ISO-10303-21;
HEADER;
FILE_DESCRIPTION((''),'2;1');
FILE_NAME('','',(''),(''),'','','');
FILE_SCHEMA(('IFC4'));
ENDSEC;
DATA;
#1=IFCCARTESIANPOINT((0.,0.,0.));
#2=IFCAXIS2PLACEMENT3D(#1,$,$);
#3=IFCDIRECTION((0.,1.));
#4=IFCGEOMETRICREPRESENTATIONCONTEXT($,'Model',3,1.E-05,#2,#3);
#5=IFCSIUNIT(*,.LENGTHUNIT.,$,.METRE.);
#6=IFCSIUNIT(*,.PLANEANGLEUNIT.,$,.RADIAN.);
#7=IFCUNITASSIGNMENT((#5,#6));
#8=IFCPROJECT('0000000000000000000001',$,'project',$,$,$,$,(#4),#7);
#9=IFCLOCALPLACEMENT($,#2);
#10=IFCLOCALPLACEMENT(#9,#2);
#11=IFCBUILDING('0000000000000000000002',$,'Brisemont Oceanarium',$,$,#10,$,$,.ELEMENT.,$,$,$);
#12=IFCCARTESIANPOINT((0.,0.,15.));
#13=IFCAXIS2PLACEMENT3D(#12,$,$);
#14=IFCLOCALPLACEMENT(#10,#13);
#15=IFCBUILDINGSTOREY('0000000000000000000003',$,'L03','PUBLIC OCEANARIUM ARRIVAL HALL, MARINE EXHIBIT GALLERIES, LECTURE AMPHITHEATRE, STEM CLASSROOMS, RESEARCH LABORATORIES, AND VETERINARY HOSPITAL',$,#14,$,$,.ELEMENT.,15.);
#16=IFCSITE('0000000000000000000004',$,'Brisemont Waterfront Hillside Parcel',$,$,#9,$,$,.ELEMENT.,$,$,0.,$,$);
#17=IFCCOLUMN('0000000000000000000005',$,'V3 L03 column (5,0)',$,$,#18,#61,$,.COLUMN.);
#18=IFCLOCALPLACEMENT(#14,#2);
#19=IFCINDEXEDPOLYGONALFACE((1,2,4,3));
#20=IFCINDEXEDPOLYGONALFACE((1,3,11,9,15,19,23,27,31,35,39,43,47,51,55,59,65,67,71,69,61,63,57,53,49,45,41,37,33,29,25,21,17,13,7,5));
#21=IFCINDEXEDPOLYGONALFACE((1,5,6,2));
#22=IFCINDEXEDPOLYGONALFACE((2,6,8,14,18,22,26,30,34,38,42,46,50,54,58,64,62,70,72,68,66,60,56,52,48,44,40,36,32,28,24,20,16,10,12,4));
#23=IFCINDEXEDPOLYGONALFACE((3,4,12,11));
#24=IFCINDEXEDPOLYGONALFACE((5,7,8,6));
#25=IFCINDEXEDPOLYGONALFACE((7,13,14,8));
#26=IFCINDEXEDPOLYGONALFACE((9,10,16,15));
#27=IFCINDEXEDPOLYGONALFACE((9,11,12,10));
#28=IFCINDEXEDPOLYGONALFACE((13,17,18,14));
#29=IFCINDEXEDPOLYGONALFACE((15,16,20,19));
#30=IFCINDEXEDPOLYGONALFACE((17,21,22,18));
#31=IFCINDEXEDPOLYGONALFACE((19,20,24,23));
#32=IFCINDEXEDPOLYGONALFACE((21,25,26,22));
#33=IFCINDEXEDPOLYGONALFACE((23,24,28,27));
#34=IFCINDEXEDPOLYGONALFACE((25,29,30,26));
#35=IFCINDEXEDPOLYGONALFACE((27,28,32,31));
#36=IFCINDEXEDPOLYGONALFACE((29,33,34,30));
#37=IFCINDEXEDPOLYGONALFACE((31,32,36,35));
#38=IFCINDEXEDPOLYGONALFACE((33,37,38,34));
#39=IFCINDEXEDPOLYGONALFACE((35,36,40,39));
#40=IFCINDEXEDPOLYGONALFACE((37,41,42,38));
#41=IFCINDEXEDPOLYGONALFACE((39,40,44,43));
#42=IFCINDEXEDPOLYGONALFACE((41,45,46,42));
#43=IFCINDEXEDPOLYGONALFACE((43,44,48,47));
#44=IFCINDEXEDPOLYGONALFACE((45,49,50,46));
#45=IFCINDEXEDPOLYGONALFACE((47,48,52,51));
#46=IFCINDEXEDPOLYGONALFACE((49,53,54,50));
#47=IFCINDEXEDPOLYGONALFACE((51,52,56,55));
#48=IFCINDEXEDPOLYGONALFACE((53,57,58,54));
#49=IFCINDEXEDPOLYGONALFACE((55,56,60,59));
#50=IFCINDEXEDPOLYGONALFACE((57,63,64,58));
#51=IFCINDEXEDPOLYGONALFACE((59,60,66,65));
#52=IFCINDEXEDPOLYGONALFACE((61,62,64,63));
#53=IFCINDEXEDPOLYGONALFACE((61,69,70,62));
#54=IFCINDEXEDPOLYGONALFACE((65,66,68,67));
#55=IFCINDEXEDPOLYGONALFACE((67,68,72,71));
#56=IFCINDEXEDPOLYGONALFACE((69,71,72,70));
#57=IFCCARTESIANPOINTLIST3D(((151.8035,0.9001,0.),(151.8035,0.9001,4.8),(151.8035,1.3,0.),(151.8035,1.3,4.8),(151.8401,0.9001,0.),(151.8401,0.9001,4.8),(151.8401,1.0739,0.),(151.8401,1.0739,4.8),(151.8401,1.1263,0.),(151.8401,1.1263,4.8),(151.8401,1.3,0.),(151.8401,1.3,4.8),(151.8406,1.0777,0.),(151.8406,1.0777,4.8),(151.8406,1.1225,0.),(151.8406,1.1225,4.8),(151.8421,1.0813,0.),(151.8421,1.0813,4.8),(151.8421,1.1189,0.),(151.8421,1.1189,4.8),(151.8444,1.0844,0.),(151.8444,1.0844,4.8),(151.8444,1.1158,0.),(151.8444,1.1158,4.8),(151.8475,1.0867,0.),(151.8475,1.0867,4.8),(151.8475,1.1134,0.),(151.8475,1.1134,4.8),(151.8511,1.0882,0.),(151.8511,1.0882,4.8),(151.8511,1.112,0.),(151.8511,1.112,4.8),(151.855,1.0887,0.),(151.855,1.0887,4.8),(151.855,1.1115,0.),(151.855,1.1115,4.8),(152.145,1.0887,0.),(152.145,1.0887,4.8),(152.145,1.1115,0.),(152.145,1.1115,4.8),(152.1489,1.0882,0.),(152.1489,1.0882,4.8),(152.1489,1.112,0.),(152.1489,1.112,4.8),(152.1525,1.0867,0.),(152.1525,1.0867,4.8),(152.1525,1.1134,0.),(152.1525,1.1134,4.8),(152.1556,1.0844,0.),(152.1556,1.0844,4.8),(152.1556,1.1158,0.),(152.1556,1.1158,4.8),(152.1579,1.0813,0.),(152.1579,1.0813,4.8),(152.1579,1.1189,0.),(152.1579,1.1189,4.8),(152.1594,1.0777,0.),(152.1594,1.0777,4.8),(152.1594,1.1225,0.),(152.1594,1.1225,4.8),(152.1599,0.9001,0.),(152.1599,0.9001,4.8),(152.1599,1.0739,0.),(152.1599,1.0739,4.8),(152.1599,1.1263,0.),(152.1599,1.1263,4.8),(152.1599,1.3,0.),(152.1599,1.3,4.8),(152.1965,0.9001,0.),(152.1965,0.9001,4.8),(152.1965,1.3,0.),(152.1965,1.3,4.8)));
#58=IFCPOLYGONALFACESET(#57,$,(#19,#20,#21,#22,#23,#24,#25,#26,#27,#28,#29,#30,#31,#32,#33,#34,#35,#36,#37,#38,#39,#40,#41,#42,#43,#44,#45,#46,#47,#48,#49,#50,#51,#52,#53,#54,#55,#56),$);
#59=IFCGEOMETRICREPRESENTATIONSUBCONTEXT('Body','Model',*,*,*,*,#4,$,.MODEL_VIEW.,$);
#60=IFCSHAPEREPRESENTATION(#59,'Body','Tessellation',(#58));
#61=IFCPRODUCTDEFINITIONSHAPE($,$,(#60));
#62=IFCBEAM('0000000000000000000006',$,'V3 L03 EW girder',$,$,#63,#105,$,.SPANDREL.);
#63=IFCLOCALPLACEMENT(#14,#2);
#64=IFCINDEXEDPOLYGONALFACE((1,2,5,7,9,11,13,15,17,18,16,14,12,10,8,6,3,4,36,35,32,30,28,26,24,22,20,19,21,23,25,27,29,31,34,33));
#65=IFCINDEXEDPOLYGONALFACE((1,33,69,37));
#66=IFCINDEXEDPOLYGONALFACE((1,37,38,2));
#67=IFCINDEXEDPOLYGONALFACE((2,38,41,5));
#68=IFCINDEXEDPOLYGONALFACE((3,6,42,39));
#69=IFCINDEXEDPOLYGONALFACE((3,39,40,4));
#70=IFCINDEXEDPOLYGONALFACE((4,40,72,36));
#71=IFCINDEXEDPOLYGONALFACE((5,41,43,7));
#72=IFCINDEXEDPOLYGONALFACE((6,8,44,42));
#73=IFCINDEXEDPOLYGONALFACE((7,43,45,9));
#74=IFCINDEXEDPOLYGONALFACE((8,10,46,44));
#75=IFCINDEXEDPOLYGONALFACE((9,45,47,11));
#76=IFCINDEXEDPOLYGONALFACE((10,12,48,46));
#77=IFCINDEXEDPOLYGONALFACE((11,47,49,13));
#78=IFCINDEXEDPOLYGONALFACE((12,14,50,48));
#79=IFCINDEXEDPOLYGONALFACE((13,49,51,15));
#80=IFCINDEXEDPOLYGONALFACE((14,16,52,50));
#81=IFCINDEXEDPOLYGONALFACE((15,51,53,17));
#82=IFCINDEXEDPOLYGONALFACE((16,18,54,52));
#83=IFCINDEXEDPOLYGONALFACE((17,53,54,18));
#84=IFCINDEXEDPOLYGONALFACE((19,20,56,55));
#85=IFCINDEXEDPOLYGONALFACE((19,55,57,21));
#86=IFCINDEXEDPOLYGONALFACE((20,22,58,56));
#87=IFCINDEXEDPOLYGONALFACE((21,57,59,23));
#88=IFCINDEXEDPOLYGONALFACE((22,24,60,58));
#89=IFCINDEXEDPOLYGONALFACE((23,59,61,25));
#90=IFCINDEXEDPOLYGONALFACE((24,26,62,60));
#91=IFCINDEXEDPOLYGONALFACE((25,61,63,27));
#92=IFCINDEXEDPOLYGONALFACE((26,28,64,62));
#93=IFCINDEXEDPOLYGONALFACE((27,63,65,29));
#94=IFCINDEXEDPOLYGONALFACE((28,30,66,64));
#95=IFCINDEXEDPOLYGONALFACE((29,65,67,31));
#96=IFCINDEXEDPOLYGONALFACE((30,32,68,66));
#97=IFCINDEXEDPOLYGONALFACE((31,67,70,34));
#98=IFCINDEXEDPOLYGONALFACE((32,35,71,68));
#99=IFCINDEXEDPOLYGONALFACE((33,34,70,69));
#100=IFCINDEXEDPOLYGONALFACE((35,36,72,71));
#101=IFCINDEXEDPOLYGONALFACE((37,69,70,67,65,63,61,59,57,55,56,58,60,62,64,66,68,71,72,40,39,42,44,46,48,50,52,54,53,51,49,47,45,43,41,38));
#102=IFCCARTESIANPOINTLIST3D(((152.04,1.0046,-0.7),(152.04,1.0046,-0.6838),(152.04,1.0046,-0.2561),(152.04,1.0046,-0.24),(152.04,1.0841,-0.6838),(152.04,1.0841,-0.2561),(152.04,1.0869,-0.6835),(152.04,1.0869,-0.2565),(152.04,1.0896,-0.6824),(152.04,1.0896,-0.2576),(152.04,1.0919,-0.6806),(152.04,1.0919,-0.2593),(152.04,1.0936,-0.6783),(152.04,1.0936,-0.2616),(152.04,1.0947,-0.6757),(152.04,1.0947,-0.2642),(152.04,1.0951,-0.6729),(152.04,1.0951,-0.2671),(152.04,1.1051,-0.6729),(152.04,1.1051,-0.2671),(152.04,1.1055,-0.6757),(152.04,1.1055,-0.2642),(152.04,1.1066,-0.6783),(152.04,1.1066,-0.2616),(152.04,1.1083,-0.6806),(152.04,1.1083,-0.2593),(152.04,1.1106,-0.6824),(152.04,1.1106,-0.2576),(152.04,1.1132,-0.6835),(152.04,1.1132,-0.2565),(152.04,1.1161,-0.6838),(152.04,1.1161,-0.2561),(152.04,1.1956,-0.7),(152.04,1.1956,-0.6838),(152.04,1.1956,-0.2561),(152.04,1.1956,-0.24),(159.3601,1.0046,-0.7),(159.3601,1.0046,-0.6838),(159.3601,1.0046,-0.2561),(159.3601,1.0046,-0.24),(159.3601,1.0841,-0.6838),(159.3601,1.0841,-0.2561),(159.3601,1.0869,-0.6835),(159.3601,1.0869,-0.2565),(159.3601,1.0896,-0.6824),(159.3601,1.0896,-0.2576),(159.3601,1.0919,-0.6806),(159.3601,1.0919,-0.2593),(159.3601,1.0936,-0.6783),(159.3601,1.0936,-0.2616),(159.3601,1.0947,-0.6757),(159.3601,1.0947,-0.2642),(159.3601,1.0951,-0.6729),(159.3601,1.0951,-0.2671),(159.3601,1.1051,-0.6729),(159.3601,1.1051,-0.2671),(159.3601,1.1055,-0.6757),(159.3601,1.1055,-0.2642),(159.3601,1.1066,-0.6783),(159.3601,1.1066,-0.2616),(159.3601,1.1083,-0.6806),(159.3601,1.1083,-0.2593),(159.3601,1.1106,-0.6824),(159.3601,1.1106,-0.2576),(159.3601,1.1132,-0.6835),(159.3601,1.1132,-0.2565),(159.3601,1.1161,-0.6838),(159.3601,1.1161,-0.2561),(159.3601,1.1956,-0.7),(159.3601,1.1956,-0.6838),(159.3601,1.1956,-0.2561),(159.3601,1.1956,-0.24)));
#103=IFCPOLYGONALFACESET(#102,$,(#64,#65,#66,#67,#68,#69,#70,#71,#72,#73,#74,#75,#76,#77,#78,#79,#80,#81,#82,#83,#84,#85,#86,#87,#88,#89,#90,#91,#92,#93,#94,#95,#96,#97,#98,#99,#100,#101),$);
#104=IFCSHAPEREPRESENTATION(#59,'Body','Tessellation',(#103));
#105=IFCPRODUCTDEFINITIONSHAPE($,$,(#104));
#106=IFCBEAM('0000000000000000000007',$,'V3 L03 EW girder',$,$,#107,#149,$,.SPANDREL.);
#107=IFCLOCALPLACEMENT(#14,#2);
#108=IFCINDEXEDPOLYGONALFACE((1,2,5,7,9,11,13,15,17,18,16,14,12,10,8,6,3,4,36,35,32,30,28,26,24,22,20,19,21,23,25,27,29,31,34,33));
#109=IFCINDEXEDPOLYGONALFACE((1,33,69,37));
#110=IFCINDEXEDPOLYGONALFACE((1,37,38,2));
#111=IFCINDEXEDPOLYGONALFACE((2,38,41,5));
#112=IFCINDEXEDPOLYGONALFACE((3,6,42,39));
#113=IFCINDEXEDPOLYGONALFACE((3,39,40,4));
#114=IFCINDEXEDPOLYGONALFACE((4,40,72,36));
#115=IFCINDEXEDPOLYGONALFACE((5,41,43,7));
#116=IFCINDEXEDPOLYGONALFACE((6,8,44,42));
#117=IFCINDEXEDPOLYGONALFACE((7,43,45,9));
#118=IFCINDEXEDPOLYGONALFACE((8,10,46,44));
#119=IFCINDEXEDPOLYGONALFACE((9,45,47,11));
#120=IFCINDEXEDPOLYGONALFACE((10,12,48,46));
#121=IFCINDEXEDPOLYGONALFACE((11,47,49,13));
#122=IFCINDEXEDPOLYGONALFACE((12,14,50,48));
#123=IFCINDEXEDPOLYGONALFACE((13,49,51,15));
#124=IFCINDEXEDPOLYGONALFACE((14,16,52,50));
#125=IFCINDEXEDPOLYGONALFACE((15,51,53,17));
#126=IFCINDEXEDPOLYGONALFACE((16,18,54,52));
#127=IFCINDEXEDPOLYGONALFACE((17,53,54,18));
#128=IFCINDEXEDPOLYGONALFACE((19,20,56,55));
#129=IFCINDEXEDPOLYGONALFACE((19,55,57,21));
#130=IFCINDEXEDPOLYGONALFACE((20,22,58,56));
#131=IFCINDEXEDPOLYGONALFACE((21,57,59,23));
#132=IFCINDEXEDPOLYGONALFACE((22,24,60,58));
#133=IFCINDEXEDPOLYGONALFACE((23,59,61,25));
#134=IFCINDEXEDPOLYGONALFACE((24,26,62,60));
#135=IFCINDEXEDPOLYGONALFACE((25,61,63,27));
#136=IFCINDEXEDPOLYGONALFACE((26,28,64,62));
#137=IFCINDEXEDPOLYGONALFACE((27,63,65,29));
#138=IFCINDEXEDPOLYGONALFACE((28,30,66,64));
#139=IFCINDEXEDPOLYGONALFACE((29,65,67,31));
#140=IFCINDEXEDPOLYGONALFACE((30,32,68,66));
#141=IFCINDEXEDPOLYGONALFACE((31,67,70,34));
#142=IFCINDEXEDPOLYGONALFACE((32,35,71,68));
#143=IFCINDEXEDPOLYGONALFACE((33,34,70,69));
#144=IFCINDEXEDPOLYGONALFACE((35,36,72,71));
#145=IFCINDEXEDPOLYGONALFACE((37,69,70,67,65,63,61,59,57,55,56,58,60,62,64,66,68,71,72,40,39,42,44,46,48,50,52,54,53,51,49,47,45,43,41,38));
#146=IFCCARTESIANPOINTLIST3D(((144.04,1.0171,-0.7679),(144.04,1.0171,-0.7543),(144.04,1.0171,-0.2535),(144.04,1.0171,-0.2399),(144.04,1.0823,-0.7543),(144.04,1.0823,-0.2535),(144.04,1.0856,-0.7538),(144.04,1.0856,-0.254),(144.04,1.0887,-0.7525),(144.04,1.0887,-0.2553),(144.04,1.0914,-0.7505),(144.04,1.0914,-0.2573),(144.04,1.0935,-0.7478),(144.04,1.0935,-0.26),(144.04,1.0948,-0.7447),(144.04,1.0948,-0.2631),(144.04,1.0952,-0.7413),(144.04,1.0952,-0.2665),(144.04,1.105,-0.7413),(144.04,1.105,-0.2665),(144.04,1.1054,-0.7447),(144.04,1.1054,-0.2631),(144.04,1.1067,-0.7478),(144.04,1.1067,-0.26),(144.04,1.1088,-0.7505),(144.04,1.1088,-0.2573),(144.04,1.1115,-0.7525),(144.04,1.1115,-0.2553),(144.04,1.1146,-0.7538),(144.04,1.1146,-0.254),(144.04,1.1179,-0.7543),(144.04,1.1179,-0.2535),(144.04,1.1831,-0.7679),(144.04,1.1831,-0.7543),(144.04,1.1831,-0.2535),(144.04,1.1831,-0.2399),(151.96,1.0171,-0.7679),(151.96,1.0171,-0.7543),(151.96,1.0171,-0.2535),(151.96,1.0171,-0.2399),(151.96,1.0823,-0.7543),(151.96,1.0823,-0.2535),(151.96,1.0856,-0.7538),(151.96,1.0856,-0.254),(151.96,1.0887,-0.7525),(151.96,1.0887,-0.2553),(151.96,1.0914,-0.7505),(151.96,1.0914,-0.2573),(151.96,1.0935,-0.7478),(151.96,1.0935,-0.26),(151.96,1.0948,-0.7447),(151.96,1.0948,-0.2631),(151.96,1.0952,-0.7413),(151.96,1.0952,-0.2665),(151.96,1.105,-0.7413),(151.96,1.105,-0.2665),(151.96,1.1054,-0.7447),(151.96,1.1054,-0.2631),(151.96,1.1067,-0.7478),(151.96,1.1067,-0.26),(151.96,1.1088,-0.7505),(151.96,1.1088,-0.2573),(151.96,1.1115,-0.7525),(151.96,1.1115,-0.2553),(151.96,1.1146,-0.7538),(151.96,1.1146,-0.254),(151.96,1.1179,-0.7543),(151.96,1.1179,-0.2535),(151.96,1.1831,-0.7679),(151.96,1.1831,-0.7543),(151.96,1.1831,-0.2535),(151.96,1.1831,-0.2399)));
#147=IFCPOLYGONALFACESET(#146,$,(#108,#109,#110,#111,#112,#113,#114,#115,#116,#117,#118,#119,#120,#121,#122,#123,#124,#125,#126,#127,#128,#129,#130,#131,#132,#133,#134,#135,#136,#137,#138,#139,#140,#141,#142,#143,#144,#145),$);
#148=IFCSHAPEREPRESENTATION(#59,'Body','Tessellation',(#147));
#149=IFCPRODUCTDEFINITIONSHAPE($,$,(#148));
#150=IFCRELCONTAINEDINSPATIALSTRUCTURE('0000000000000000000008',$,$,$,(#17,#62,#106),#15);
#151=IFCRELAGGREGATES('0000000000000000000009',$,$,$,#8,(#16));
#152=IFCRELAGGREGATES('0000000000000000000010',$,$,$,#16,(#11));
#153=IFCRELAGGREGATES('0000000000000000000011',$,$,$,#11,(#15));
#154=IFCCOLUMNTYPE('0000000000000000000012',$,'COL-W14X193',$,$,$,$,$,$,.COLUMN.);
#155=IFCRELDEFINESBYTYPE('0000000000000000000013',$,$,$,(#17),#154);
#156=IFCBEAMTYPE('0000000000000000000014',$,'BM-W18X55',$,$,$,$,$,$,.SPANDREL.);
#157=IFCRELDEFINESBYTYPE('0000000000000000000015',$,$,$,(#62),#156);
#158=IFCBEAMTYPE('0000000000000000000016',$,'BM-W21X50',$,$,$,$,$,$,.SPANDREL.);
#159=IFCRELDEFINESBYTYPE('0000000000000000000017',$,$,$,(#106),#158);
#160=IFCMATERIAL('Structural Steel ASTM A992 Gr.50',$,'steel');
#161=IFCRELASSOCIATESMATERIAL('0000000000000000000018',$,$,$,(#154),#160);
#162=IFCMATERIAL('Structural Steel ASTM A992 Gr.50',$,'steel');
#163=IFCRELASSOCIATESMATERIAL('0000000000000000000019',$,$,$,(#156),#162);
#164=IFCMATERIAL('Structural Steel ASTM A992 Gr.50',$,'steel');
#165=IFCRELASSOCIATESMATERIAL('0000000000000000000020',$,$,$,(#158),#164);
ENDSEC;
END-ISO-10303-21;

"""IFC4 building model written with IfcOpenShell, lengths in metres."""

from ifc_helpers import new_model, si_unit, direction, frame, origin, origin_2d, place, context, subcontext, project, spatial, i_section, extrude, material, material_profile, profile_set, type_object, element, save


model = new_model("IFC4")

# Units and contexts
model_context = context("Model", 3, precision=1e-05, world=origin(), true_north=direction((0.0, 1.0)))
body_context = subcontext(model_context, "Body", "Model", "MODEL_VIEW")
ifc_project = project(units=[si_unit("LENGTHUNIT", "METRE"), si_unit("PLANEANGLEUNIT", "RADIAN")], contexts=[model_context])

# Site, building, storey
site_placement = place(None, origin())
site = spatial("IfcSite", under=ifc_project, at=site_placement, Name="Brisemont Waterfront Hillside Parcel", CompositionType="ELEMENT", RefElevation=0.0)
building_placement = place(site_placement, origin())
building = spatial("IfcBuilding", under=site, at=building_placement, Name="Brisemont Oceanarium", CompositionType="ELEMENT")
storey_placement = place(building_placement, frame((0.0, 0.0, 15.0)))
storey = spatial("IfcBuildingStorey", under=building, at=storey_placement, Name="L03", Description="PUBLIC OCEANARIUM ARRIVAL HALL, MARINE EXHIBIT GALLERIES, LECTURE AMPHITHEATRE, STEM CLASSROOMS, RESEARCH LABORATORIES, AND VETERINARY HOSPITAL", CompositionType="ELEMENT", Elevation=15.0)

# Column
ifc_material_1 = material(Name="Structural Steel ASTM A992 Gr.50", Category="steel")
ifc_material_profile_1 = material_profile(ifc_material_1, i_section(OverallWidth=0.3999, OverallDepth=0.3931, WebThickness=0.0227, FlangeThickness=0.0366, FilletRadius=0.0149, at=origin_2d()), Name="W14X193")
ifc_profile_set_1 = profile_set([ifc_material_profile_1], Name="Structural Steel ASTM A992 Gr.50")
column_type = type_object("IfcColumnType", Name="COL-W14X193", PredefinedType="COLUMN", material=ifc_profile_set_1)
column_placement = place(storey_placement, frame((152.0, 1.1001, 0.0), z_axis=(0.0, 0.0, 1.0), x_axis=(0.0, 1.0, 0.0)))
element("IfcColumn", 1, at=column_placement, inside=storey, type_object=column_type, Name="V3 L03 column (5,0)", PredefinedType="COLUMN", context=body_context, shape_type="SweptSolid", body=[
    extrude(i_section(OverallWidth=0.3999, OverallDepth=0.3931, WebThickness=0.0227, FlangeThickness=0.0366, FilletRadius=0.0149, at=origin_2d()), origin(), (0.0, 0.0, 1.0), 4.8),
])

# Beams
ifc_material_2 = material(Name="Structural Steel ASTM A992 Gr.50", Category="steel")
ifc_material_profile_2 = material_profile(ifc_material_2, i_section(OverallWidth=0.1909, OverallDepth=0.46, WebThickness=0.01, FlangeThickness=0.0161, FilletRadius=0.011, at=origin_2d()), Name="W18X55")
ifc_profile_set_2 = profile_set([ifc_material_profile_2], Name="Structural Steel ASTM A992 Gr.50")
beam_type_1 = type_object("IfcBeamType", Name="BM-W18X55", PredefinedType="SPANDREL", material=ifc_profile_set_2)
beam_1_placement = place(storey_placement, frame((152.04, 1.1001, -0.47), z_axis=(1.0, 0.0, 0.0), x_axis=(0.0, 1.0, 0.0)))
element("IfcBeam", 2, at=beam_1_placement, inside=storey, type_object=beam_type_1, Name="V3 L03 EW girder", PredefinedType="SPANDREL", context=body_context, shape_type="SweptSolid", body=[
    extrude(i_section(OverallWidth=0.1909, OverallDepth=0.46, WebThickness=0.01, FlangeThickness=0.0161, FilletRadius=0.011, at=origin_2d()), origin(), (0.0, 0.0, 1.0), 7.3201),
])
ifc_material_3 = material(Name="Structural Steel ASTM A992 Gr.50", Category="steel")
ifc_material_profile_3 = material_profile(ifc_material_3, i_section(OverallWidth=0.166, OverallDepth=0.5281, WebThickness=0.0098, FlangeThickness=0.0137, FilletRadius=0.0129, at=origin_2d()), Name="W21X50")
ifc_profile_set_3 = profile_set([ifc_material_profile_3], Name="Structural Steel ASTM A992 Gr.50")
beam_type_2 = type_object("IfcBeamType", Name="BM-W21X50", PredefinedType="SPANDREL", material=ifc_profile_set_3)
beam_2_placement = place(storey_placement, frame((144.04, 1.1001, -0.5039), z_axis=(1.0, 0.0, 0.0), x_axis=(0.0, 1.0, 0.0)))
element("IfcBeam", 3, at=beam_2_placement, inside=storey, type_object=beam_type_2, Name="V3 L03 EW girder", PredefinedType="SPANDREL", context=body_context, shape_type="SweptSolid", body=[
    extrude(i_section(OverallWidth=0.166, OverallDepth=0.5281, WebThickness=0.0098, FlangeThickness=0.0137, FilletRadius=0.0129, at=origin_2d()), origin(), (0.0, 0.0, 1.0), 7.9199),
])

save(model, "model.ifc")
